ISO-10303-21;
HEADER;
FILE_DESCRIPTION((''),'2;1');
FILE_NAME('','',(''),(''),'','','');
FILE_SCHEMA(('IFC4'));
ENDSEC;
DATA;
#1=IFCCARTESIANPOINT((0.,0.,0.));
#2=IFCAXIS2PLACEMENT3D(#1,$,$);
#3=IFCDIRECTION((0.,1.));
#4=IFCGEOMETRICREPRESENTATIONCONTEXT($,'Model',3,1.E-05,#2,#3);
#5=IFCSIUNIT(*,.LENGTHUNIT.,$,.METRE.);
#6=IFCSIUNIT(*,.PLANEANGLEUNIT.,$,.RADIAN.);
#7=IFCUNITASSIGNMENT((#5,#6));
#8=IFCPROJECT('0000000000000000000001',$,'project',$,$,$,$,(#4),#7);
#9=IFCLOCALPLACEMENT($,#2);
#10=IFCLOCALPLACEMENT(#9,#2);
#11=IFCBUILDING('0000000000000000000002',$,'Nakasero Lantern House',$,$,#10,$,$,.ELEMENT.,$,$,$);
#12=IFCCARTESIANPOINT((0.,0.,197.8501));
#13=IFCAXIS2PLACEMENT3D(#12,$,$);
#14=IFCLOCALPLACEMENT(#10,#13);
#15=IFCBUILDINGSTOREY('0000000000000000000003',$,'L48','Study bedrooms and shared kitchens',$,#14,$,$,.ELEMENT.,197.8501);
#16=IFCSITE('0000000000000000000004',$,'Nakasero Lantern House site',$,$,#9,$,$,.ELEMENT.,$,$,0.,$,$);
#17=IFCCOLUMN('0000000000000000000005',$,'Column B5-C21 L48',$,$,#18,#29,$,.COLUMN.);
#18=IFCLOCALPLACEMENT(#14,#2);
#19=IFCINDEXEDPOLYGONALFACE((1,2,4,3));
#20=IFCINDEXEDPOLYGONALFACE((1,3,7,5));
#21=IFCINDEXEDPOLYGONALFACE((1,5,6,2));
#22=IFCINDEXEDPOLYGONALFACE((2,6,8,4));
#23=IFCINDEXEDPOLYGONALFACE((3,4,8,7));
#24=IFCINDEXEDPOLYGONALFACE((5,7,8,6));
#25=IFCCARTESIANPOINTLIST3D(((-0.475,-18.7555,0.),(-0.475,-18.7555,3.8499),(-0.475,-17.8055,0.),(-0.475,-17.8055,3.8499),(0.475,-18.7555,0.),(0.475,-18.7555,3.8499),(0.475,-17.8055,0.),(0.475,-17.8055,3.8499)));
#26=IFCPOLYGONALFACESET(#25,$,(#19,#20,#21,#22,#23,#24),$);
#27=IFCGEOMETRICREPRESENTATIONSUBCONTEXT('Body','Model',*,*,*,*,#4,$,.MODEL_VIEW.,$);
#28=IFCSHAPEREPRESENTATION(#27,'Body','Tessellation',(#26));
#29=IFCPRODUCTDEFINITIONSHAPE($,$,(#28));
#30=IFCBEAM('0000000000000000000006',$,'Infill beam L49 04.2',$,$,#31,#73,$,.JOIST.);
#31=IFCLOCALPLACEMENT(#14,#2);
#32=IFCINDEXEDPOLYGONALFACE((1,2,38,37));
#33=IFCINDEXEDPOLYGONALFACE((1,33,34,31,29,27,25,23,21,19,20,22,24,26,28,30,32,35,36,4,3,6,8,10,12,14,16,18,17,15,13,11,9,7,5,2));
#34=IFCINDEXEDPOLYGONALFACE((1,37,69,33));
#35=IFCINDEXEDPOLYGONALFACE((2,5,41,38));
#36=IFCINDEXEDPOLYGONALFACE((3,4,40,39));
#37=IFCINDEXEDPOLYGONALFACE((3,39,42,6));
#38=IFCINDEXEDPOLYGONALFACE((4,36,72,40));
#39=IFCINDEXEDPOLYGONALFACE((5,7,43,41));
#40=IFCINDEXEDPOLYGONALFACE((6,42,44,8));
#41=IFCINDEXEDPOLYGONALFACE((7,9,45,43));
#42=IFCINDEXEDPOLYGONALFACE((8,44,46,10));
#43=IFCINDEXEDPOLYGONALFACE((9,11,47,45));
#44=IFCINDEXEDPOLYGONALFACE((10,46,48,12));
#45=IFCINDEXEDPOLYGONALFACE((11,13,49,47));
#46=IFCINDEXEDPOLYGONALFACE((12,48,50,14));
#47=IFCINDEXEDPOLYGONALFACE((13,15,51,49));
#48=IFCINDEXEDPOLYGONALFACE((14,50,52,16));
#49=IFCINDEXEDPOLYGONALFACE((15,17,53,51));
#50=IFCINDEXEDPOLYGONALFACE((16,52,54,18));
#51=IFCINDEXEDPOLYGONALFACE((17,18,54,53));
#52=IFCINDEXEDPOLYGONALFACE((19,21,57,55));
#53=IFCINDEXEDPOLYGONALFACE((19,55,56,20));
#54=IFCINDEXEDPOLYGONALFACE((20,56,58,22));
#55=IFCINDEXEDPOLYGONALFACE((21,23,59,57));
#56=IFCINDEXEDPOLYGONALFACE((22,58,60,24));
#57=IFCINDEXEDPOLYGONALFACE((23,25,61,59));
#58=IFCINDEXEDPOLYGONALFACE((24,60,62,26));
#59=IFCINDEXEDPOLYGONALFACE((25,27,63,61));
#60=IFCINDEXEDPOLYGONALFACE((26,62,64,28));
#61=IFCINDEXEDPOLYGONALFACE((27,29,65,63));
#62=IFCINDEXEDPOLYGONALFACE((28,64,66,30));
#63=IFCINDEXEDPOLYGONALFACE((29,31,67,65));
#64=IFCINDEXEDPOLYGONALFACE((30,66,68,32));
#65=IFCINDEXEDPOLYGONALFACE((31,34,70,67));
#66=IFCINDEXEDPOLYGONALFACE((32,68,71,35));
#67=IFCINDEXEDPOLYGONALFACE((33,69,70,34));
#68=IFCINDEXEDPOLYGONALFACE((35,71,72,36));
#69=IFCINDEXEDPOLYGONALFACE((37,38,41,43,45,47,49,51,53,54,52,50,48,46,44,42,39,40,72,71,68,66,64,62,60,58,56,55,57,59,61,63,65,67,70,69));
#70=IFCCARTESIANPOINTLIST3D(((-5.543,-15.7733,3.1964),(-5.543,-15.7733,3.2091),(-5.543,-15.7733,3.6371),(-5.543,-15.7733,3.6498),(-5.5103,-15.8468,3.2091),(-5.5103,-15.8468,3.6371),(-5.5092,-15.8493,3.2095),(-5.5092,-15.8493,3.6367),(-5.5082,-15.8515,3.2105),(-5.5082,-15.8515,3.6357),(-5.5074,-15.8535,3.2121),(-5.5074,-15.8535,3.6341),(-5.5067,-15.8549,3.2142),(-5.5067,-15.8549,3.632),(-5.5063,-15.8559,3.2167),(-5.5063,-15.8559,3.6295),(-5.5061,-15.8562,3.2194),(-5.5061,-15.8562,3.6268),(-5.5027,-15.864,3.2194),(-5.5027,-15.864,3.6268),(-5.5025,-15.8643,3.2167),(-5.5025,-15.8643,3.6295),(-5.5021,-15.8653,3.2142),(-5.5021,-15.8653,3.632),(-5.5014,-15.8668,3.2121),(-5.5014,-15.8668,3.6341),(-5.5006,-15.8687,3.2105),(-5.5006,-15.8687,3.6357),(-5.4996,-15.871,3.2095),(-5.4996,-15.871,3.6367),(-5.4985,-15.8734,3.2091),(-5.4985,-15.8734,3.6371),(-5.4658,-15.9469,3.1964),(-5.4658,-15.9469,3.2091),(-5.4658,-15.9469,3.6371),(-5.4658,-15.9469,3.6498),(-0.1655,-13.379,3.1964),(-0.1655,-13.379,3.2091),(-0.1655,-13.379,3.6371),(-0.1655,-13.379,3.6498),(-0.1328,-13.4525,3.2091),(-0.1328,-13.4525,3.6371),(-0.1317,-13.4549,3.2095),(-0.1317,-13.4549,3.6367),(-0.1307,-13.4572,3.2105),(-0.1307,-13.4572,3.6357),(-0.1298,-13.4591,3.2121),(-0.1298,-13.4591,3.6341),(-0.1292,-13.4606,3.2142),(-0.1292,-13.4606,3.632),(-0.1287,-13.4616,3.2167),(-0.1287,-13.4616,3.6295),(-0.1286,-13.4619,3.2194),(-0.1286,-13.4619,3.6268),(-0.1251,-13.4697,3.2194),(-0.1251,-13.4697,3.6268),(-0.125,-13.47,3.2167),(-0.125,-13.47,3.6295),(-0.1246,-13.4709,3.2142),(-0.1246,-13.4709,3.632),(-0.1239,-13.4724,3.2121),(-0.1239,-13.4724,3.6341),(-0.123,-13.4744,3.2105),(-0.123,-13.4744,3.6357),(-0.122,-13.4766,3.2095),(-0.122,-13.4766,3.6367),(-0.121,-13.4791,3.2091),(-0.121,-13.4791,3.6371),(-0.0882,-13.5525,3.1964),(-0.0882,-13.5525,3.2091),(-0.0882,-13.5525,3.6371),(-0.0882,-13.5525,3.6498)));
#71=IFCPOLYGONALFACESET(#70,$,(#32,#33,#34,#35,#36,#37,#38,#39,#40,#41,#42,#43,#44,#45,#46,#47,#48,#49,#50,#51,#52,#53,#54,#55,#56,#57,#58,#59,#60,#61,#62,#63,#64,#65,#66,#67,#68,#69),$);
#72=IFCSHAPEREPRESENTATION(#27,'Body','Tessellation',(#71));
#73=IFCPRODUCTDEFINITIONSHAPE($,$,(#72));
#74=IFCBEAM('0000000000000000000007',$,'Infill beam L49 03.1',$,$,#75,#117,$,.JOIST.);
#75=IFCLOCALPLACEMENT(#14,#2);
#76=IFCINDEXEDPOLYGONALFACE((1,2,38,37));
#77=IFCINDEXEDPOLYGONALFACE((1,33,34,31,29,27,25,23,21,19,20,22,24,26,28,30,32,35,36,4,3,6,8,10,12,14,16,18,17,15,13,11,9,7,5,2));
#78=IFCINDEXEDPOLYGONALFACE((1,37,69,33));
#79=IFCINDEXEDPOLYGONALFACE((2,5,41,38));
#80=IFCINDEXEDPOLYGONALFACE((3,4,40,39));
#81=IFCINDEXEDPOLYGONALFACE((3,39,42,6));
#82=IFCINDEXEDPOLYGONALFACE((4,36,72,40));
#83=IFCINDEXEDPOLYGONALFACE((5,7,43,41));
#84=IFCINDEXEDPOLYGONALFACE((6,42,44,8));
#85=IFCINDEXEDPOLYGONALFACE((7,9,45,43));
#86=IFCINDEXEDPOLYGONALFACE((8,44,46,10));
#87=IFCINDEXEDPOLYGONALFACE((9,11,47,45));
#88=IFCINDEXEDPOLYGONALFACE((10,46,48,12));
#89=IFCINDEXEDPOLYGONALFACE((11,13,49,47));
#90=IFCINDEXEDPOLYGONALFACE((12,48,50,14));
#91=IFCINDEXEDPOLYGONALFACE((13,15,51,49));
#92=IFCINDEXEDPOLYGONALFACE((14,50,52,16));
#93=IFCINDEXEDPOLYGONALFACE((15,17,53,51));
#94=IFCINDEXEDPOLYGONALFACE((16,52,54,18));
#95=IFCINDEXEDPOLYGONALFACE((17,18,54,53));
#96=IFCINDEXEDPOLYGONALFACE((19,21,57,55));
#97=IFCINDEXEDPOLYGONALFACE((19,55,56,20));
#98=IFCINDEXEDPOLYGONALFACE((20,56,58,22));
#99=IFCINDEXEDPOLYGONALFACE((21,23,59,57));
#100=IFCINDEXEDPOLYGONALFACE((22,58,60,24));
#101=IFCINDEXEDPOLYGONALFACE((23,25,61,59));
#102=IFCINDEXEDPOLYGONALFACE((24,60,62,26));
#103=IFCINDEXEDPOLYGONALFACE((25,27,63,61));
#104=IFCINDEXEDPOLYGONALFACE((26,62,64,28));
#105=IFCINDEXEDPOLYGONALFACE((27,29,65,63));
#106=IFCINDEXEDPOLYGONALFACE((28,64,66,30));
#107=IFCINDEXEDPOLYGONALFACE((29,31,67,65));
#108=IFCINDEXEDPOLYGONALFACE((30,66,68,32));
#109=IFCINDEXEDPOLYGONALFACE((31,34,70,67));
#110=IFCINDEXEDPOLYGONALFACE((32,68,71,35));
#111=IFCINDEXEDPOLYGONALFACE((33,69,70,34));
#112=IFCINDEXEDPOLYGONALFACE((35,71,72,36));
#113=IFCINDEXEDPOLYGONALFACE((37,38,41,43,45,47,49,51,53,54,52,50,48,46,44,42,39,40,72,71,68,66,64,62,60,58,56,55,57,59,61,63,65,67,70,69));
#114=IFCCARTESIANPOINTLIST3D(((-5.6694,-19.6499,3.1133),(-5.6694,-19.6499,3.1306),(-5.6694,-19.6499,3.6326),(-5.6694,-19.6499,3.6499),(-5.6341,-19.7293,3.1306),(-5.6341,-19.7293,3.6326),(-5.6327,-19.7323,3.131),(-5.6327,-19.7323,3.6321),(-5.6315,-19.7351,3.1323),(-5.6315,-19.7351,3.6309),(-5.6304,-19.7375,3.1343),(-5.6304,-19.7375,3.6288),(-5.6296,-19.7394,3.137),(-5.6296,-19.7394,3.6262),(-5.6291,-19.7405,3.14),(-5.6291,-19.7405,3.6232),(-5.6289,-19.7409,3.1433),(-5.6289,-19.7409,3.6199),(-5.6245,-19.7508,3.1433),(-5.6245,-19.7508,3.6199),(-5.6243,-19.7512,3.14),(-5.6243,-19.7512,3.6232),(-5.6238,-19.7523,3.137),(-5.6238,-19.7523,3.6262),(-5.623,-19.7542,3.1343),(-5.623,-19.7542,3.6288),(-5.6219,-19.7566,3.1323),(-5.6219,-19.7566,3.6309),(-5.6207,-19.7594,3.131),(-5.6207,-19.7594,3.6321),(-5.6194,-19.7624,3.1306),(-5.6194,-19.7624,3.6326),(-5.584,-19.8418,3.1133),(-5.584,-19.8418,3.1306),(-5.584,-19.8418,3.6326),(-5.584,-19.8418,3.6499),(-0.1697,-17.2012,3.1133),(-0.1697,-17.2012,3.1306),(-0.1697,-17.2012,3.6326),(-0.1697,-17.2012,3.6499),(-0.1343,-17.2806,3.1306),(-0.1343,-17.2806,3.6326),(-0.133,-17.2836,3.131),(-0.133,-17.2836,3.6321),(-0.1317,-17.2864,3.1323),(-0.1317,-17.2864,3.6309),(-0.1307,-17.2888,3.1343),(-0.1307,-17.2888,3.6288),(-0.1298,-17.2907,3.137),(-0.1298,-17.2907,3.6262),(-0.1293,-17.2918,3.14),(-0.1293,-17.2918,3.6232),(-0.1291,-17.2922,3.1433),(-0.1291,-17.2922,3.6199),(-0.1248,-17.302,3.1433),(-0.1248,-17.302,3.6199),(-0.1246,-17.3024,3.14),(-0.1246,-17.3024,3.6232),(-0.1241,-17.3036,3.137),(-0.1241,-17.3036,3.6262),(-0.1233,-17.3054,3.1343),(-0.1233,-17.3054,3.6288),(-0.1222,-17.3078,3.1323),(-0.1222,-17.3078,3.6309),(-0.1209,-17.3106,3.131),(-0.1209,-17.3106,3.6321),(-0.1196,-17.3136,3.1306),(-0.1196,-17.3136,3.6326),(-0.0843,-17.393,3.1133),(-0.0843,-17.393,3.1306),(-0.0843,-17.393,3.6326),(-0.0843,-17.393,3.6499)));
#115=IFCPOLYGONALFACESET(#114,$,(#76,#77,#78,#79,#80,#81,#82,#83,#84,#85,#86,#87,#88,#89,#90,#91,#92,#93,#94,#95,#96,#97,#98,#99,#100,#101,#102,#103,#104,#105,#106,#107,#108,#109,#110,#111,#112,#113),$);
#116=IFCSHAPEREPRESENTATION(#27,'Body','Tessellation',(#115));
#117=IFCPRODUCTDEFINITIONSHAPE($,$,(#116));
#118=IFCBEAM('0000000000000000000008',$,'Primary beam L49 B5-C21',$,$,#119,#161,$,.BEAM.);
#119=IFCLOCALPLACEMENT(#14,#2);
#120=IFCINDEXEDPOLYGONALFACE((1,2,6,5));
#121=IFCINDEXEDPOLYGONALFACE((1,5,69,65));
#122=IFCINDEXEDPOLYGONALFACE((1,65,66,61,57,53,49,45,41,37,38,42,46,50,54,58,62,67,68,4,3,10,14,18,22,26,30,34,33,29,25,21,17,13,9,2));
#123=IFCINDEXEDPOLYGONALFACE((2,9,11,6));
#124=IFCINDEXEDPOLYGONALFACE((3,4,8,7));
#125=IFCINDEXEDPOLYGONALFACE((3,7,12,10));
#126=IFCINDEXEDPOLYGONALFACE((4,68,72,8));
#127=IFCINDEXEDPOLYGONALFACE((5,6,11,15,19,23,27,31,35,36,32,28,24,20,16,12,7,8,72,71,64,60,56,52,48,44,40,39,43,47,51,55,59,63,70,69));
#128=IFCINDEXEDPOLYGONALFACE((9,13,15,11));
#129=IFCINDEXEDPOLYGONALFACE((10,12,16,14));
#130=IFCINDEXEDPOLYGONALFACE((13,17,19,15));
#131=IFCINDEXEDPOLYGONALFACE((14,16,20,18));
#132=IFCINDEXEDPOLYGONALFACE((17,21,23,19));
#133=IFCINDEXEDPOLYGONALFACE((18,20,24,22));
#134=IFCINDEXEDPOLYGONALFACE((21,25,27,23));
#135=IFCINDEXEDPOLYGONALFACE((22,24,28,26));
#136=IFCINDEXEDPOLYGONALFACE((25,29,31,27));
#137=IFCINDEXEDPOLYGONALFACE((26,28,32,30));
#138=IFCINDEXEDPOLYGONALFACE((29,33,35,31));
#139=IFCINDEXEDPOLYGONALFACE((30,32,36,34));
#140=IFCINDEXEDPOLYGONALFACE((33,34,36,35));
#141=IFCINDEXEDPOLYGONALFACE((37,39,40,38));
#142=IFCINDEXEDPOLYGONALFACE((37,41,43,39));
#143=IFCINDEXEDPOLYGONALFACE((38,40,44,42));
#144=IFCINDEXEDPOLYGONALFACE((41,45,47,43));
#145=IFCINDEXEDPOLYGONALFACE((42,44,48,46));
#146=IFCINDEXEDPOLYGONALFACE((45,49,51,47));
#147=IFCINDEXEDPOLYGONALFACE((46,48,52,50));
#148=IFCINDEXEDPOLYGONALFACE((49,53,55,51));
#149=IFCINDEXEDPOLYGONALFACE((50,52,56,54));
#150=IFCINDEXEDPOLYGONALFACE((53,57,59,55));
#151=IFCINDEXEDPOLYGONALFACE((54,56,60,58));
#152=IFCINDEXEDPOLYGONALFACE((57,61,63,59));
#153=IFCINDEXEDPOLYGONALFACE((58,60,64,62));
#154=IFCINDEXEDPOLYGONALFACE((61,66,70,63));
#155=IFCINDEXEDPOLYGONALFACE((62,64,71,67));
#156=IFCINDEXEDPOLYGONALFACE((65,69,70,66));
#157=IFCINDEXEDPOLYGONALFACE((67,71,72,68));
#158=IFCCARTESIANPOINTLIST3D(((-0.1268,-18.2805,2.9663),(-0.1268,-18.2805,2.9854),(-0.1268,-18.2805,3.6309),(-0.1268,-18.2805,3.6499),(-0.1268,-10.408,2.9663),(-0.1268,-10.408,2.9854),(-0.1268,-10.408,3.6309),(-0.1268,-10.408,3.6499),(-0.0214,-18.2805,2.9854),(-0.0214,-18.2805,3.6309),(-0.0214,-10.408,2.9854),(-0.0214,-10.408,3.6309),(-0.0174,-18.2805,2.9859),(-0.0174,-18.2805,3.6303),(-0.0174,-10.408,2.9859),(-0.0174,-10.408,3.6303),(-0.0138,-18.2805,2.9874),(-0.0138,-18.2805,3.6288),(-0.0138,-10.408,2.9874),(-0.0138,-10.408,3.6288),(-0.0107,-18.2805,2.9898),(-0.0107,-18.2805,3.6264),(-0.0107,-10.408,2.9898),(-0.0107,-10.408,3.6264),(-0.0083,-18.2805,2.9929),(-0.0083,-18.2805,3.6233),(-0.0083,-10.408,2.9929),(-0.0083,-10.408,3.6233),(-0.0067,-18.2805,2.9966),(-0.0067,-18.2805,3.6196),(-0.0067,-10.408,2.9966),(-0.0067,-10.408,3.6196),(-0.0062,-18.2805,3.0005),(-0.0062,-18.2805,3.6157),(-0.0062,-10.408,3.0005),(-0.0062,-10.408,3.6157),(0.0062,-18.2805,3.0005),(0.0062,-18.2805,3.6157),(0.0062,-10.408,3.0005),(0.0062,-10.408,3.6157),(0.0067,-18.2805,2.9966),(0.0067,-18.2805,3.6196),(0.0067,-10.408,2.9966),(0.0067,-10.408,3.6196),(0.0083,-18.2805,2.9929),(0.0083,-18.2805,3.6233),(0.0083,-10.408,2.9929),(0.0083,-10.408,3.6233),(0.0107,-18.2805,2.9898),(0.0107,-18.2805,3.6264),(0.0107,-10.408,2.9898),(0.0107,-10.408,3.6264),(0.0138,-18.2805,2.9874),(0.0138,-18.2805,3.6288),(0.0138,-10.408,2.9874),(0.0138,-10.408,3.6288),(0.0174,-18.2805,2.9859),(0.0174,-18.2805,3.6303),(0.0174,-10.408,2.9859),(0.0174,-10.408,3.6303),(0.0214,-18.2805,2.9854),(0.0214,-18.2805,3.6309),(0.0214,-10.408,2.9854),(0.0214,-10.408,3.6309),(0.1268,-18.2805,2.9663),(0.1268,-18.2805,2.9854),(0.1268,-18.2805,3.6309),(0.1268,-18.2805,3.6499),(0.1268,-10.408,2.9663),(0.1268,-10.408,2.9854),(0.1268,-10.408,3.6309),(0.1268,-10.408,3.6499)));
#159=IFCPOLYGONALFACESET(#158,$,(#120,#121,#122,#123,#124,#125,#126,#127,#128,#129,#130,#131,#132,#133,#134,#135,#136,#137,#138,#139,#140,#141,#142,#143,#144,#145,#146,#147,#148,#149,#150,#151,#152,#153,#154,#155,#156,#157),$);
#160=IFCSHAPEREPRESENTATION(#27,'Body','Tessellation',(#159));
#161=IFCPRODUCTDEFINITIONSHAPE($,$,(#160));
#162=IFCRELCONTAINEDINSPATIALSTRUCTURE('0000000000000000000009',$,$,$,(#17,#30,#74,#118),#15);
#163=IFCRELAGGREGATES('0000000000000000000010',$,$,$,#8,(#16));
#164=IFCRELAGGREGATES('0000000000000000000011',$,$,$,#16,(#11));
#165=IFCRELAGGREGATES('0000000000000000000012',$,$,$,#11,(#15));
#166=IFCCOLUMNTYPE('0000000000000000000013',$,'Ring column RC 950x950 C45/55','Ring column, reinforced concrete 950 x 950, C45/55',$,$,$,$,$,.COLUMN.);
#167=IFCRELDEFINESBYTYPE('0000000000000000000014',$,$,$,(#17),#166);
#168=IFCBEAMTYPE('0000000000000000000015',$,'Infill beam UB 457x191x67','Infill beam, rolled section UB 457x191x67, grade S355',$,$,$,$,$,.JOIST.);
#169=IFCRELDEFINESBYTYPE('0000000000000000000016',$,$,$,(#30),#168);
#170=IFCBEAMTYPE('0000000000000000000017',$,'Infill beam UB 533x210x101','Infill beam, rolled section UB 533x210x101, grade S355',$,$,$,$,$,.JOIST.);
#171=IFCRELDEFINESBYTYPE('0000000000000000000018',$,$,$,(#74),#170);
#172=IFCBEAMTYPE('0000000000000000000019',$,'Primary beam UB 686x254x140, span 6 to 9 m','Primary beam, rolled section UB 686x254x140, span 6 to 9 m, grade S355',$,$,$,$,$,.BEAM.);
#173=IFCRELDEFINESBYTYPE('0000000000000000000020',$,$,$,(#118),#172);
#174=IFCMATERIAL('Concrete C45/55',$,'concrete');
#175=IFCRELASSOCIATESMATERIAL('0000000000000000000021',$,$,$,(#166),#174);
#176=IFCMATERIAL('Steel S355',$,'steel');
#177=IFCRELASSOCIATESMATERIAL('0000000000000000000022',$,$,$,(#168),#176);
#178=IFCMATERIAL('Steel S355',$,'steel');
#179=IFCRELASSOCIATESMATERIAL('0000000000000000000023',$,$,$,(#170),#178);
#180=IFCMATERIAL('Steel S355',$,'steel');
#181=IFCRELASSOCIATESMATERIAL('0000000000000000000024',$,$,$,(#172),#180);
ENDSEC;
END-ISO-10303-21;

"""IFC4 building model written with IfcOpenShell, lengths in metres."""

from ifc_helpers import new_model, si_unit, direction, frame, origin, origin_2d, place, context, subcontext, project, spatial, rectangle, i_section, extrude, material, material_profile, profile_set, type_object, element, save


model = new_model("IFC4")

# Units and contexts
model_context = context("Model", 3, precision=1e-05, world=origin(), true_north=direction((0.0, 1.0)))
body_context = subcontext(model_context, "Body", "Model", "MODEL_VIEW")
ifc_project = project(units=[si_unit("LENGTHUNIT", "METRE"), si_unit("PLANEANGLEUNIT", "RADIAN")], contexts=[model_context])

# Site, building, storey
site_placement = place(None, origin())
site = spatial("IfcSite", under=ifc_project, at=site_placement, Name="Nakasero Lantern House site", CompositionType="ELEMENT", RefElevation=0.0)
building_placement = place(site_placement, origin())
building = spatial("IfcBuilding", under=site, at=building_placement, Name="Nakasero Lantern House", CompositionType="ELEMENT")
storey_placement = place(building_placement, frame((0.0, 0.0, 197.8501)))
storey = spatial("IfcBuildingStorey", under=building, at=storey_placement, Name="L48", Description="Study bedrooms and shared kitchens", CompositionType="ELEMENT", Elevation=197.8501)

# Column
ifc_material_1 = material(Name="Concrete C45/55", Category="concrete")
ifc_material_profile_1 = material_profile(ifc_material_1, rectangle(XDim=0.95, YDim=0.95, at=origin_2d()), Name="RC 950x950")
ifc_profile_set_1 = profile_set([ifc_material_profile_1], Name="Concrete C45/55")
column_type = type_object("IfcColumnType", Name="Ring column RC 950x950 C45/55", Description="Ring column, reinforced concrete 950 x 950, C45/55", PredefinedType="COLUMN", material=ifc_profile_set_1)
column_placement = place(storey_placement, frame((0.0, -18.2805, 0.0), z_axis=(0.0, 0.0, 1.0), x_axis=(1.0, 0.0, 0.0)))
element("IfcColumn", 1, at=column_placement, inside=storey, type_object=column_type, Name="Column B5-C21 L48", PredefinedType="COLUMN", context=body_context, shape_type="SweptSolid", body=[
    extrude(rectangle(XDim=0.95, YDim=0.95, at=origin_2d()), origin(), (0.0, 0.0, 1.0), 3.8499),
])

# Beams
ifc_material_2 = material(Name="Steel S355", Category="steel")
ifc_material_profile_2 = material_profile(ifc_material_2, i_section(OverallWidth=0.1899, OverallDepth=0.4534, WebThickness=0.0085, FlangeThickness=0.0127, FilletRadius=0.0103, at=origin_2d()), Name="UB 457x191x67")
ifc_profile_set_2 = profile_set([ifc_material_profile_2], Name="Steel S355")
beam_type_1 = type_object("IfcBeamType", Name="Infill beam UB 457x191x67", Description="Infill beam, rolled section UB 457x191x67, grade S355", PredefinedType="JOIST", material=ifc_profile_set_2)
beam_1_placement = place(storey_placement, frame((-5.5044, -15.8601, 3.4231), z_axis=(0.913539, 0.40675, 0.0), x_axis=(-0.40675, 0.913539, 0.0)))
element("IfcBeam", 2, at=beam_1_placement, inside=storey, type_object=beam_type_1, Name="Infill beam L49 04.2", PredefinedType="JOIST", context=body_context, shape_type="SweptSolid", body=[
    extrude(i_section(OverallWidth=0.1899, OverallDepth=0.4534, WebThickness=0.0085, FlangeThickness=0.0127, FilletRadius=0.0103, at=origin_2d()), origin(), (0.0, 0.0, 1.0), 5.8865),
])
ifc_material_3 = material(Name="Steel S355", Category="steel")
ifc_material_profile_3 = material_profile(ifc_material_3, i_section(OverallWidth=0.21, OverallDepth=0.5366, WebThickness=0.0107, FlangeThickness=0.0173, FilletRadius=0.0127, at=origin_2d()), Name="UB 533x210x101")
ifc_profile_set_3 = profile_set([ifc_material_profile_3], Name="Steel S355")
beam_type_2 = type_object("IfcBeamType", Name="Infill beam UB 533x210x101", Description="Infill beam, rolled section UB 533x210x101, grade S355", PredefinedType="JOIST", material=ifc_profile_set_3)
beam_2_placement = place(storey_placement, frame((-5.6267, -19.7458, 3.3816), z_axis=(0.91354, 0.406748, 0.0), x_axis=(-0.406748, 0.91354, 0.0)))
element("IfcBeam", 3, at=beam_2_placement, inside=storey, type_object=beam_type_2, Name="Infill beam L49 03.1", PredefinedType="JOIST", context=body_context, shape_type="SweptSolid", body=[
    extrude(i_section(OverallWidth=0.21, OverallDepth=0.5366, WebThickness=0.0107, FlangeThickness=0.0173, FilletRadius=0.0127, at=origin_2d()), origin(), (0.0, 0.0, 1.0), 6.0203),
])
ifc_material_4 = material(Name="Steel S355", Category="steel")
ifc_material_profile_4 = material_profile(ifc_material_4, i_section(OverallWidth=0.2537, OverallDepth=0.6836, WebThickness=0.0125, FlangeThickness=0.019, FilletRadius=0.0151, at=origin_2d()), Name="UB 686x254x140")
ifc_profile_set_4 = profile_set([ifc_material_profile_4], Name="Steel S355")
beam_type_3 = type_object("IfcBeamType", Name="Primary beam UB 686x254x140, span 6 to 9 m", Description="Primary beam, rolled section UB 686x254x140, span 6 to 9 m, grade S355", PredefinedType="BEAM", material=ifc_profile_set_4)
beam_3_placement = place(storey_placement, frame((0.0, -18.2805, 3.3081), z_axis=(0.0, 1.0, 0.0), x_axis=(-1.0, 0.0, 0.0)))
element("IfcBeam", 4, at=beam_3_placement, inside=storey, type_object=beam_type_3, Name="Primary beam L49 B5-C21", PredefinedType="BEAM", context=body_context, shape_type="SweptSolid", body=[
    extrude(i_section(OverallWidth=0.2537, OverallDepth=0.6836, WebThickness=0.0125, FlangeThickness=0.019, FilletRadius=0.0151, at=origin_2d()), origin(), (0.0, 0.0, 1.0), 7.8726),
])

save(model, "model.ifc")
